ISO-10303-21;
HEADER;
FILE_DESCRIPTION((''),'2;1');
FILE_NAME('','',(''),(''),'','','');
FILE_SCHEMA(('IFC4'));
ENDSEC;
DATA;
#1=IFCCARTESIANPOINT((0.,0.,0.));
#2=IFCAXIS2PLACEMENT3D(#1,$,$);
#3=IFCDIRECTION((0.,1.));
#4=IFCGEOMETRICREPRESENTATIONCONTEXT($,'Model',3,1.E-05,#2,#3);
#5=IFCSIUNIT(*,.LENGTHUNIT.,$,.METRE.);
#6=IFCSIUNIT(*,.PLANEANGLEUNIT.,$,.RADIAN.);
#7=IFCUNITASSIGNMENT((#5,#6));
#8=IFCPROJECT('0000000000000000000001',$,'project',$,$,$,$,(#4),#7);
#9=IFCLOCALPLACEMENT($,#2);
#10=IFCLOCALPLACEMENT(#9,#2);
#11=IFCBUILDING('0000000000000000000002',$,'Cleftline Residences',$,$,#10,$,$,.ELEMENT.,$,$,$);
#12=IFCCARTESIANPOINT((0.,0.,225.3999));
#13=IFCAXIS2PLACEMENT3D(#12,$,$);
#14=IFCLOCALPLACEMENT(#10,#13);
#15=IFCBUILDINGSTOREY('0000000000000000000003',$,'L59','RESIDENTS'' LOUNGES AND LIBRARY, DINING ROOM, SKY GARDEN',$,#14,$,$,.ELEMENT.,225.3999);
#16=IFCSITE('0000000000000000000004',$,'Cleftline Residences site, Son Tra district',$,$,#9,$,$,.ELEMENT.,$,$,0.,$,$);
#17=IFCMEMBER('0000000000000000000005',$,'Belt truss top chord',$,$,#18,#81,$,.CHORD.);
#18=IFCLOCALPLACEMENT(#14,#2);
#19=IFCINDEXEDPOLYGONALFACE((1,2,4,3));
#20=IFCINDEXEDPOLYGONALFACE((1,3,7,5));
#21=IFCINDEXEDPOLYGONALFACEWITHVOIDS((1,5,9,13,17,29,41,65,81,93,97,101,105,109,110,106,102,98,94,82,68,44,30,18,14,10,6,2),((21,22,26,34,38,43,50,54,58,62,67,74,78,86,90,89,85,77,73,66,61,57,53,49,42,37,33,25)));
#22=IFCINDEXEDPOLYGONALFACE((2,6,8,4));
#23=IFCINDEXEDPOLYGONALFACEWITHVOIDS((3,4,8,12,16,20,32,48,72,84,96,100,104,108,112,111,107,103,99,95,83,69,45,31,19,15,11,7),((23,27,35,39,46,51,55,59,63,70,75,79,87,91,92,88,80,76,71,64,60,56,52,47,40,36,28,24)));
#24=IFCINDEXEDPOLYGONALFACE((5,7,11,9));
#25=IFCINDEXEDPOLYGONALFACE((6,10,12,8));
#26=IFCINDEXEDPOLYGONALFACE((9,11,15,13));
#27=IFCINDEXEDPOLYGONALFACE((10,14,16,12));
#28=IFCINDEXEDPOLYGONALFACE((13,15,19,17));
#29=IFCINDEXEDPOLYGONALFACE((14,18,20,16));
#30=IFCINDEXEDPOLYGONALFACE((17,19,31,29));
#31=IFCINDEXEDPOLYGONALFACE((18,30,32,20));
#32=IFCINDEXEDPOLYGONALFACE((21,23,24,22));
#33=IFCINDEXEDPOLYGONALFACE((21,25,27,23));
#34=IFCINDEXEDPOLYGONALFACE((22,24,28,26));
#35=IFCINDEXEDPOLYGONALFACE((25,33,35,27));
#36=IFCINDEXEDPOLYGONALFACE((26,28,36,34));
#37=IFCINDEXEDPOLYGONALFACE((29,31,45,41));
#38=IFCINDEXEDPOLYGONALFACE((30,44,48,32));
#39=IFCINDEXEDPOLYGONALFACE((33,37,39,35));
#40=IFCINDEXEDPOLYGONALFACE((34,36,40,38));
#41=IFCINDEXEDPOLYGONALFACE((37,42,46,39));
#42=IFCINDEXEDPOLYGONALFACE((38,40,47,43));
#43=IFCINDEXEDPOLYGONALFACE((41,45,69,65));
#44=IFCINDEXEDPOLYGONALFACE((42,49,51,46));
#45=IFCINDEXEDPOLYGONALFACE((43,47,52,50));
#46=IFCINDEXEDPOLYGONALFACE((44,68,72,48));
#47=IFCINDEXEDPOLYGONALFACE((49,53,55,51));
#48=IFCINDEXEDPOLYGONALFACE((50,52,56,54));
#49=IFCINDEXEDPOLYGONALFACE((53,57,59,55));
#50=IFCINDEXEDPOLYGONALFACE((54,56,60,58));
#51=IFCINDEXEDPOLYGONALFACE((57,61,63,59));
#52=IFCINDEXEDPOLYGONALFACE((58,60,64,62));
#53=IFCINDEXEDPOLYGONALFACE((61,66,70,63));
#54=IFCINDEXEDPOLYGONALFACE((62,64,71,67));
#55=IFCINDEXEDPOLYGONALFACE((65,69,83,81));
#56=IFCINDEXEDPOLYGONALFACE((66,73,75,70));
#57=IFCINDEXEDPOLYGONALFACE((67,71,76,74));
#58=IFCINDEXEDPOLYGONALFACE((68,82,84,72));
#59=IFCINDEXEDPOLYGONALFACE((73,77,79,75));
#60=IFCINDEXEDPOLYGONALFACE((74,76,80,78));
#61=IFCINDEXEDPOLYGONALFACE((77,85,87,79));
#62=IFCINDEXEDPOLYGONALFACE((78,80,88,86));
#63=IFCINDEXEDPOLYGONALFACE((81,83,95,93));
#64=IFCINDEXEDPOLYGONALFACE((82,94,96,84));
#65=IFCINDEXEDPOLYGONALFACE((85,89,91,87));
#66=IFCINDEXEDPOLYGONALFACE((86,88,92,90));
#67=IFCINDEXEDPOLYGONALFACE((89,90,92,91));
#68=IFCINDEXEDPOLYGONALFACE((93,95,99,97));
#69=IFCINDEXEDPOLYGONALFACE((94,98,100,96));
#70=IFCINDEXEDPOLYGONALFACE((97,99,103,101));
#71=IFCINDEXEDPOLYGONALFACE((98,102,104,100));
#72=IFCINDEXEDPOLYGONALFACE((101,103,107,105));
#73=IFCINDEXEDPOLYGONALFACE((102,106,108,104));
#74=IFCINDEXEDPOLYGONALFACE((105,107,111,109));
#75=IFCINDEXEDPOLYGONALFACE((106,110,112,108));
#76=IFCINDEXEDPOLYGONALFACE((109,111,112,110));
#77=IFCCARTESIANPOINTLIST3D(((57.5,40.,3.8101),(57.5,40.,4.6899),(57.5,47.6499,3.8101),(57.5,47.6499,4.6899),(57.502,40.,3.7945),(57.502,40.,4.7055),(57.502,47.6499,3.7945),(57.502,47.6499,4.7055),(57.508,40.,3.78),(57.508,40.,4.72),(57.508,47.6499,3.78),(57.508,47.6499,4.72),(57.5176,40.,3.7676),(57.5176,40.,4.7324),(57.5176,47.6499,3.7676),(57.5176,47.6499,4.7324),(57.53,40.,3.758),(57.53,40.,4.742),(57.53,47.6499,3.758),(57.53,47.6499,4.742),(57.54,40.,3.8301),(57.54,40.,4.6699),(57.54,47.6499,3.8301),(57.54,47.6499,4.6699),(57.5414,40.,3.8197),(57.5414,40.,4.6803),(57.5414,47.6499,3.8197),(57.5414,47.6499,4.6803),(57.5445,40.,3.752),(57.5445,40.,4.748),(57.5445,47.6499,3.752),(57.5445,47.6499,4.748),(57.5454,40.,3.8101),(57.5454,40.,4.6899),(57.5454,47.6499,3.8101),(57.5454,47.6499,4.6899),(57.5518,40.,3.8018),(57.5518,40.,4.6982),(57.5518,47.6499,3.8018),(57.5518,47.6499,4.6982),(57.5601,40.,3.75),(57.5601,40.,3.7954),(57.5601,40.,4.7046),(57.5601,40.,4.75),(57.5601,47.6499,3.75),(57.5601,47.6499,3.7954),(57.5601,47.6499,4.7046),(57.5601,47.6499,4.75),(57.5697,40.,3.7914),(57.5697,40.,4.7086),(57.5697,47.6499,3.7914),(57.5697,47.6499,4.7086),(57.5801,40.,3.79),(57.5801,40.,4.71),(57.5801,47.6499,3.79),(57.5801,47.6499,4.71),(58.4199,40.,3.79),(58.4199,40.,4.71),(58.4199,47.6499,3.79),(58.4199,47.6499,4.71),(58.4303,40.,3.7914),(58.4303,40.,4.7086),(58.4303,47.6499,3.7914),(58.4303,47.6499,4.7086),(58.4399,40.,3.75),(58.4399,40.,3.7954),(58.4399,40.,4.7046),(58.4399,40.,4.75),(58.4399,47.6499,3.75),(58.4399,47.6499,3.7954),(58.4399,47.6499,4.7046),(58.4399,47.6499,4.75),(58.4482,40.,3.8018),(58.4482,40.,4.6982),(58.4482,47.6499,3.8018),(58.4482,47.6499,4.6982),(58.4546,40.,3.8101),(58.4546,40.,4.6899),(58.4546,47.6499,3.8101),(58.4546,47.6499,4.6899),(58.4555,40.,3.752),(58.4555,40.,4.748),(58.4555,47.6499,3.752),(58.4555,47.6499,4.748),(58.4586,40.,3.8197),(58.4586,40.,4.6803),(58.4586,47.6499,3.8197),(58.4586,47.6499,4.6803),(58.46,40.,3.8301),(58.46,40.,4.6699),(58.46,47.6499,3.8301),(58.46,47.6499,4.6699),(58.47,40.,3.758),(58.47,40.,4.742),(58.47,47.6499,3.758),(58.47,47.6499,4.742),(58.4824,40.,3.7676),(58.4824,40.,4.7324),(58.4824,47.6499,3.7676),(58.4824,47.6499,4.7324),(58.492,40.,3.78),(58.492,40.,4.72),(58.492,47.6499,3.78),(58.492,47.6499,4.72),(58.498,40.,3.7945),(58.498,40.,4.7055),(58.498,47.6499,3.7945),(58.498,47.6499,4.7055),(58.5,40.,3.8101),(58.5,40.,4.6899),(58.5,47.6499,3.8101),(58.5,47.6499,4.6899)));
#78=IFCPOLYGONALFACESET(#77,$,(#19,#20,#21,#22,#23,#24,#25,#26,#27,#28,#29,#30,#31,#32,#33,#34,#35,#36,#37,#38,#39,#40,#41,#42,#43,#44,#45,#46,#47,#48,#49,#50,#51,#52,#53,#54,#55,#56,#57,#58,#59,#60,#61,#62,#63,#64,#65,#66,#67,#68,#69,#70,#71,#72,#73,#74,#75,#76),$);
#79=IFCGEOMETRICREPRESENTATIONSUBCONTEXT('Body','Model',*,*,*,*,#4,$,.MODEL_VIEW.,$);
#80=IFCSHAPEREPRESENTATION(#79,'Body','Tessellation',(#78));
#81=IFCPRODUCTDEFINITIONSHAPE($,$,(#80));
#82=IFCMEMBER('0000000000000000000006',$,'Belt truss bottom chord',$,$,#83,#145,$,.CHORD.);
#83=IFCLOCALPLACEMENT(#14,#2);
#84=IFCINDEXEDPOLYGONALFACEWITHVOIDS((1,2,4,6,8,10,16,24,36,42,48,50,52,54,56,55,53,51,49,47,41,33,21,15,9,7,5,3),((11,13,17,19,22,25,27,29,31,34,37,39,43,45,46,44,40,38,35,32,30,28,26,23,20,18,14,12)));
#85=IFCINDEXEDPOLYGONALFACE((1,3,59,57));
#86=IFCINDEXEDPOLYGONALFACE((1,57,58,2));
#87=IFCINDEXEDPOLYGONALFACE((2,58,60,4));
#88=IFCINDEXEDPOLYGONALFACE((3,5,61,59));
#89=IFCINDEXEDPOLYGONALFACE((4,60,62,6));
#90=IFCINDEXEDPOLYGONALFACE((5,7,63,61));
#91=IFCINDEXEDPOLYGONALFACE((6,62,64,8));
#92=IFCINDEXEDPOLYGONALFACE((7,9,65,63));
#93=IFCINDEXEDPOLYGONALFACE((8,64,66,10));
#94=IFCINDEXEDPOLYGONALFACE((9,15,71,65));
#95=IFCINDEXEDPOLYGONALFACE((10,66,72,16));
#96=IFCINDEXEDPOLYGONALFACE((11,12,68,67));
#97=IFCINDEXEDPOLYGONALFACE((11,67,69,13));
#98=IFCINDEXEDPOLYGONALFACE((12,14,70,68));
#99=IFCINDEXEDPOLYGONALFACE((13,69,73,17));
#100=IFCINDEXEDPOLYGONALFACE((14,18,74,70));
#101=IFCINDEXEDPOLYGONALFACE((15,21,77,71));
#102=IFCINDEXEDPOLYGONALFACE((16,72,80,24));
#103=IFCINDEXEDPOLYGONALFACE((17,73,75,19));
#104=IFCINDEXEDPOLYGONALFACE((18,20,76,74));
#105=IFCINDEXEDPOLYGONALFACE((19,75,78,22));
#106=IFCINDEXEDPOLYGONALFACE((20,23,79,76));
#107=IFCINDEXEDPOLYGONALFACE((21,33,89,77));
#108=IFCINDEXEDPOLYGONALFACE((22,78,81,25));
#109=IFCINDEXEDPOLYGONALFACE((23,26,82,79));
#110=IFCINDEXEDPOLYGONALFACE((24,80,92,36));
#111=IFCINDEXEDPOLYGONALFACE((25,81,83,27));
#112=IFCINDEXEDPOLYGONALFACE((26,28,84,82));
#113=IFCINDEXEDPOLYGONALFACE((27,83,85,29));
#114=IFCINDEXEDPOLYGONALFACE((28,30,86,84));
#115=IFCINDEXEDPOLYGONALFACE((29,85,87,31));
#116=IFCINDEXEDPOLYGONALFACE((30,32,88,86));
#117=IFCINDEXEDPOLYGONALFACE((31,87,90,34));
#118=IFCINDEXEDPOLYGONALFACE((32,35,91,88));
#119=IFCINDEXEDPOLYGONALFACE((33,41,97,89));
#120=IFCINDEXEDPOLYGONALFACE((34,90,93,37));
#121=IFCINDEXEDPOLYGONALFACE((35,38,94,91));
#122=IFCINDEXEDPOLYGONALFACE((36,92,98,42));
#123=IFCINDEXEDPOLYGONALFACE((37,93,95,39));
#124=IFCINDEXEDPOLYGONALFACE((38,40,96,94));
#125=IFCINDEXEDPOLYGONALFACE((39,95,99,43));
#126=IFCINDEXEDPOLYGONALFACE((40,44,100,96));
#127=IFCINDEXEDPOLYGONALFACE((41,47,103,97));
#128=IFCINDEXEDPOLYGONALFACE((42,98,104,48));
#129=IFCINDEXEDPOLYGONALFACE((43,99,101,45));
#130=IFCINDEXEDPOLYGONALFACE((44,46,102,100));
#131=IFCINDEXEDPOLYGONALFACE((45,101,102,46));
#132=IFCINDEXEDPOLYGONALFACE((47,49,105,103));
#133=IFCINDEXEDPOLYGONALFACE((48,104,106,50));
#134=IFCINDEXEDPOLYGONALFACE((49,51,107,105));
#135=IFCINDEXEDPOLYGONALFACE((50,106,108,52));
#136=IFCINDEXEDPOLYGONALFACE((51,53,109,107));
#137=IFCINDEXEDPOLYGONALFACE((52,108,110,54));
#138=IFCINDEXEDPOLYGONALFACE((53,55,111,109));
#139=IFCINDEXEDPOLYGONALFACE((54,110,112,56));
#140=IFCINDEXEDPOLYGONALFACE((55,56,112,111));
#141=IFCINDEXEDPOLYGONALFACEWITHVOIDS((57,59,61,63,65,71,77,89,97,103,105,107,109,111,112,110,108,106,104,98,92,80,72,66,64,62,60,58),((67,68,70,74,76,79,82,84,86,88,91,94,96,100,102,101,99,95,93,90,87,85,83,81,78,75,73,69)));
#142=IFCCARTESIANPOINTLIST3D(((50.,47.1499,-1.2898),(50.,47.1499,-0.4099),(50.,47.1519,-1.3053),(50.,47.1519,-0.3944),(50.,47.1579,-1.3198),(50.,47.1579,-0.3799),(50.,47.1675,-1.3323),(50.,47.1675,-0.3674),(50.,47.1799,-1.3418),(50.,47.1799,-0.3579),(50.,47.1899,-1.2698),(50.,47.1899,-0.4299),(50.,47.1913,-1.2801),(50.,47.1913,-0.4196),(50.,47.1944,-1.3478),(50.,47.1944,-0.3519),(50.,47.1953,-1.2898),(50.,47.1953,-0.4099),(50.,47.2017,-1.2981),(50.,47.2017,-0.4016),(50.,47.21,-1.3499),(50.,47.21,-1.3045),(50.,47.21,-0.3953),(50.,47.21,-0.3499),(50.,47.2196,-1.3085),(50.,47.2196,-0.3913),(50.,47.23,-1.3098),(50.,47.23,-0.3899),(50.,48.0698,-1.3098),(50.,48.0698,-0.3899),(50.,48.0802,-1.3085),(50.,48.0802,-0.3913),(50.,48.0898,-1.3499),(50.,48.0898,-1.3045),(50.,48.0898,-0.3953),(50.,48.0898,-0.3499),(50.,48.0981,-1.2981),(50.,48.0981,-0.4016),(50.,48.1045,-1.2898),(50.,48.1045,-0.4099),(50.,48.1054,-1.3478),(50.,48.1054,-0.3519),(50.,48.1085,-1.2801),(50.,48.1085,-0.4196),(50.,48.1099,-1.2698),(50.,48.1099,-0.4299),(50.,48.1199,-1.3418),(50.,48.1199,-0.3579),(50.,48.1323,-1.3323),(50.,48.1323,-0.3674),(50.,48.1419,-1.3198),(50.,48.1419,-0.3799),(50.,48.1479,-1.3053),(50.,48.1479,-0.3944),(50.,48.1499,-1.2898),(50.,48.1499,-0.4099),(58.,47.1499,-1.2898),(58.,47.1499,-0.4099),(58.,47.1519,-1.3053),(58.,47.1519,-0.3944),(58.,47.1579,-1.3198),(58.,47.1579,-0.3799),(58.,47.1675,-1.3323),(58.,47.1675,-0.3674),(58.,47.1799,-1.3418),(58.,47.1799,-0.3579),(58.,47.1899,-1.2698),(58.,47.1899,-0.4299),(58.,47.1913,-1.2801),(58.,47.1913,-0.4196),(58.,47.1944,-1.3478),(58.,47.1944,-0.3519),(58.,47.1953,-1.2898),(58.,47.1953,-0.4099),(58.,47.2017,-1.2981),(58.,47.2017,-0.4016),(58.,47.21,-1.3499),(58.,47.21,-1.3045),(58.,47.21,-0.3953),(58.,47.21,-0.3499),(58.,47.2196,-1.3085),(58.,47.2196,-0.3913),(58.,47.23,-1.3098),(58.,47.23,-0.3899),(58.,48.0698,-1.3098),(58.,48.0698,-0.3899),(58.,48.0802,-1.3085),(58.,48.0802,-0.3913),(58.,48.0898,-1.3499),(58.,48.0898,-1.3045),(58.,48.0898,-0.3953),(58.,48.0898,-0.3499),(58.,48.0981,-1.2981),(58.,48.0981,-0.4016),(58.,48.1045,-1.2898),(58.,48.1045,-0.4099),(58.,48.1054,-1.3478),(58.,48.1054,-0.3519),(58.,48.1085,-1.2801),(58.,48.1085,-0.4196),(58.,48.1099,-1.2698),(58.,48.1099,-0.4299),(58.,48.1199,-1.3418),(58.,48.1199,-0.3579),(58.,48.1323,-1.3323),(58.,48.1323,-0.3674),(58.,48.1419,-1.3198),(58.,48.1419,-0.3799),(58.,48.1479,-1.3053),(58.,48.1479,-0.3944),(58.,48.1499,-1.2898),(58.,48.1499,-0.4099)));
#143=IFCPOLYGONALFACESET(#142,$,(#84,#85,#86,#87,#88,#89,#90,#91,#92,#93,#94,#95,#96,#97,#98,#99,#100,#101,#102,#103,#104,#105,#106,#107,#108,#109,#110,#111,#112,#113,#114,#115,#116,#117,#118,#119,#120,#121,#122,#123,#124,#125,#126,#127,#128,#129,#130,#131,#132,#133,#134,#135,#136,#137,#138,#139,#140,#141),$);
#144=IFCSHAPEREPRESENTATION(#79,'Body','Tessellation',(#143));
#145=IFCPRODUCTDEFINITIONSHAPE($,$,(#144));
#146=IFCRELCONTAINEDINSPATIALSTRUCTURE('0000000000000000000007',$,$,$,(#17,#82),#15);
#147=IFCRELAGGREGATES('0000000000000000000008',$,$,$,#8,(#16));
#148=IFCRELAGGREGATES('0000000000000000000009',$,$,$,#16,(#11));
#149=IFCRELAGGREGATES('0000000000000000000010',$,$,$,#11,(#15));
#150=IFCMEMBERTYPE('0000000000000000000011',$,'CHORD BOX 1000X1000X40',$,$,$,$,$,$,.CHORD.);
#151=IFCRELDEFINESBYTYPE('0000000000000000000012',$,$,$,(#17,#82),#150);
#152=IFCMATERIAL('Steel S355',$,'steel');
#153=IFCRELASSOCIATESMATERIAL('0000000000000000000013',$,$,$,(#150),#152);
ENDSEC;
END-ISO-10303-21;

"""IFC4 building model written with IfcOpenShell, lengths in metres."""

from ifc_helpers import new_model, si_unit, direction, frame, origin, origin_2d, place, context, subcontext, project, spatial, hollow_rectangle, extrude, material, material_profile, profile_set, type_object, element, save


model = new_model("IFC4")

# Units and contexts
model_context = context("Model", 3, precision=1e-05, world=origin(), true_north=direction((0.0, 1.0)))
body_context = subcontext(model_context, "Body", "Model", "MODEL_VIEW")
ifc_project = project(units=[si_unit("LENGTHUNIT", "METRE"), si_unit("PLANEANGLEUNIT", "RADIAN")], contexts=[model_context])

# Site, building, storey
site_placement = place(None, origin())
site = spatial("IfcSite", under=ifc_project, at=site_placement, Name="Cleftline Residences site, Son Tra district", CompositionType="ELEMENT", RefElevation=0.0)
building_placement = place(site_placement, origin())
building = spatial("IfcBuilding", under=site, at=building_placement, Name="Cleftline Residences", CompositionType="ELEMENT")
storey_placement = place(building_placement, frame((0.0, 0.0, 225.3999)))
storey = spatial("IfcBuildingStorey", under=building, at=storey_placement, Name="L59", Description="RESIDENTS' LOUNGES AND LIBRARY, DINING ROOM, SKY GARDEN", CompositionType="ELEMENT", Elevation=225.3999)

# Members
ifc_material_1 = material(Name="Steel S355", Category="steel")
ifc_material_profile_1 = material_profile(ifc_material_1, hollow_rectangle(XDim=1.0, YDim=1.0, WallThickness=0.04, InnerFilletRadius=0.04, OuterFilletRadius=0.0601, at=origin_2d()))
ifc_profile_set_1 = profile_set([ifc_material_profile_1], Name="Steel S355")
member_type_1 = type_object("IfcMemberType", Name="CHORD BOX 1000X1000X40", PredefinedType="CHORD", material=ifc_profile_set_1)
for number, where, z_axis, x_axis, name in (
    (1, (58.0, 40.0, 4.25), (0.0, 1.0, 0.0), (-1.0, 0.0, 0.0), "Belt truss top chord"),
):
    element("IfcMember", number, at=place(storey_placement, frame(where, z_axis=z_axis, x_axis=x_axis)), inside=storey, type_object=member_type_1, Name=name, PredefinedType="CHORD", context=body_context, shape_type="SweptSolid", body=[
        extrude(hollow_rectangle(XDim=1.0, YDim=1.0, WallThickness=0.04, InnerFilletRadius=0.04, OuterFilletRadius=0.0601, at=origin_2d()), origin(), (0.0, 0.0, 1.0), 7.6499),
    ])
for number, where, z_axis, x_axis, name in (
    (2, (50.0, 47.6499, -0.8499), (1.0, 0.0, 0.0), (0.0, 1.0, 0.0), "Belt truss bottom chord"),
):
    element("IfcMember", number, at=place(storey_placement, frame(where, z_axis=z_axis, x_axis=x_axis)), inside=storey, type_object=member_type_1, Name=name, PredefinedType="CHORD", context=body_context, shape_type="SweptSolid", body=[
        extrude(hollow_rectangle(XDim=1.0, YDim=1.0, WallThickness=0.04, InnerFilletRadius=0.04, OuterFilletRadius=0.0601, at=origin_2d()), origin(), (0.0, 0.0, 1.0), 8.0),
    ])

save(model, "model.ifc")
